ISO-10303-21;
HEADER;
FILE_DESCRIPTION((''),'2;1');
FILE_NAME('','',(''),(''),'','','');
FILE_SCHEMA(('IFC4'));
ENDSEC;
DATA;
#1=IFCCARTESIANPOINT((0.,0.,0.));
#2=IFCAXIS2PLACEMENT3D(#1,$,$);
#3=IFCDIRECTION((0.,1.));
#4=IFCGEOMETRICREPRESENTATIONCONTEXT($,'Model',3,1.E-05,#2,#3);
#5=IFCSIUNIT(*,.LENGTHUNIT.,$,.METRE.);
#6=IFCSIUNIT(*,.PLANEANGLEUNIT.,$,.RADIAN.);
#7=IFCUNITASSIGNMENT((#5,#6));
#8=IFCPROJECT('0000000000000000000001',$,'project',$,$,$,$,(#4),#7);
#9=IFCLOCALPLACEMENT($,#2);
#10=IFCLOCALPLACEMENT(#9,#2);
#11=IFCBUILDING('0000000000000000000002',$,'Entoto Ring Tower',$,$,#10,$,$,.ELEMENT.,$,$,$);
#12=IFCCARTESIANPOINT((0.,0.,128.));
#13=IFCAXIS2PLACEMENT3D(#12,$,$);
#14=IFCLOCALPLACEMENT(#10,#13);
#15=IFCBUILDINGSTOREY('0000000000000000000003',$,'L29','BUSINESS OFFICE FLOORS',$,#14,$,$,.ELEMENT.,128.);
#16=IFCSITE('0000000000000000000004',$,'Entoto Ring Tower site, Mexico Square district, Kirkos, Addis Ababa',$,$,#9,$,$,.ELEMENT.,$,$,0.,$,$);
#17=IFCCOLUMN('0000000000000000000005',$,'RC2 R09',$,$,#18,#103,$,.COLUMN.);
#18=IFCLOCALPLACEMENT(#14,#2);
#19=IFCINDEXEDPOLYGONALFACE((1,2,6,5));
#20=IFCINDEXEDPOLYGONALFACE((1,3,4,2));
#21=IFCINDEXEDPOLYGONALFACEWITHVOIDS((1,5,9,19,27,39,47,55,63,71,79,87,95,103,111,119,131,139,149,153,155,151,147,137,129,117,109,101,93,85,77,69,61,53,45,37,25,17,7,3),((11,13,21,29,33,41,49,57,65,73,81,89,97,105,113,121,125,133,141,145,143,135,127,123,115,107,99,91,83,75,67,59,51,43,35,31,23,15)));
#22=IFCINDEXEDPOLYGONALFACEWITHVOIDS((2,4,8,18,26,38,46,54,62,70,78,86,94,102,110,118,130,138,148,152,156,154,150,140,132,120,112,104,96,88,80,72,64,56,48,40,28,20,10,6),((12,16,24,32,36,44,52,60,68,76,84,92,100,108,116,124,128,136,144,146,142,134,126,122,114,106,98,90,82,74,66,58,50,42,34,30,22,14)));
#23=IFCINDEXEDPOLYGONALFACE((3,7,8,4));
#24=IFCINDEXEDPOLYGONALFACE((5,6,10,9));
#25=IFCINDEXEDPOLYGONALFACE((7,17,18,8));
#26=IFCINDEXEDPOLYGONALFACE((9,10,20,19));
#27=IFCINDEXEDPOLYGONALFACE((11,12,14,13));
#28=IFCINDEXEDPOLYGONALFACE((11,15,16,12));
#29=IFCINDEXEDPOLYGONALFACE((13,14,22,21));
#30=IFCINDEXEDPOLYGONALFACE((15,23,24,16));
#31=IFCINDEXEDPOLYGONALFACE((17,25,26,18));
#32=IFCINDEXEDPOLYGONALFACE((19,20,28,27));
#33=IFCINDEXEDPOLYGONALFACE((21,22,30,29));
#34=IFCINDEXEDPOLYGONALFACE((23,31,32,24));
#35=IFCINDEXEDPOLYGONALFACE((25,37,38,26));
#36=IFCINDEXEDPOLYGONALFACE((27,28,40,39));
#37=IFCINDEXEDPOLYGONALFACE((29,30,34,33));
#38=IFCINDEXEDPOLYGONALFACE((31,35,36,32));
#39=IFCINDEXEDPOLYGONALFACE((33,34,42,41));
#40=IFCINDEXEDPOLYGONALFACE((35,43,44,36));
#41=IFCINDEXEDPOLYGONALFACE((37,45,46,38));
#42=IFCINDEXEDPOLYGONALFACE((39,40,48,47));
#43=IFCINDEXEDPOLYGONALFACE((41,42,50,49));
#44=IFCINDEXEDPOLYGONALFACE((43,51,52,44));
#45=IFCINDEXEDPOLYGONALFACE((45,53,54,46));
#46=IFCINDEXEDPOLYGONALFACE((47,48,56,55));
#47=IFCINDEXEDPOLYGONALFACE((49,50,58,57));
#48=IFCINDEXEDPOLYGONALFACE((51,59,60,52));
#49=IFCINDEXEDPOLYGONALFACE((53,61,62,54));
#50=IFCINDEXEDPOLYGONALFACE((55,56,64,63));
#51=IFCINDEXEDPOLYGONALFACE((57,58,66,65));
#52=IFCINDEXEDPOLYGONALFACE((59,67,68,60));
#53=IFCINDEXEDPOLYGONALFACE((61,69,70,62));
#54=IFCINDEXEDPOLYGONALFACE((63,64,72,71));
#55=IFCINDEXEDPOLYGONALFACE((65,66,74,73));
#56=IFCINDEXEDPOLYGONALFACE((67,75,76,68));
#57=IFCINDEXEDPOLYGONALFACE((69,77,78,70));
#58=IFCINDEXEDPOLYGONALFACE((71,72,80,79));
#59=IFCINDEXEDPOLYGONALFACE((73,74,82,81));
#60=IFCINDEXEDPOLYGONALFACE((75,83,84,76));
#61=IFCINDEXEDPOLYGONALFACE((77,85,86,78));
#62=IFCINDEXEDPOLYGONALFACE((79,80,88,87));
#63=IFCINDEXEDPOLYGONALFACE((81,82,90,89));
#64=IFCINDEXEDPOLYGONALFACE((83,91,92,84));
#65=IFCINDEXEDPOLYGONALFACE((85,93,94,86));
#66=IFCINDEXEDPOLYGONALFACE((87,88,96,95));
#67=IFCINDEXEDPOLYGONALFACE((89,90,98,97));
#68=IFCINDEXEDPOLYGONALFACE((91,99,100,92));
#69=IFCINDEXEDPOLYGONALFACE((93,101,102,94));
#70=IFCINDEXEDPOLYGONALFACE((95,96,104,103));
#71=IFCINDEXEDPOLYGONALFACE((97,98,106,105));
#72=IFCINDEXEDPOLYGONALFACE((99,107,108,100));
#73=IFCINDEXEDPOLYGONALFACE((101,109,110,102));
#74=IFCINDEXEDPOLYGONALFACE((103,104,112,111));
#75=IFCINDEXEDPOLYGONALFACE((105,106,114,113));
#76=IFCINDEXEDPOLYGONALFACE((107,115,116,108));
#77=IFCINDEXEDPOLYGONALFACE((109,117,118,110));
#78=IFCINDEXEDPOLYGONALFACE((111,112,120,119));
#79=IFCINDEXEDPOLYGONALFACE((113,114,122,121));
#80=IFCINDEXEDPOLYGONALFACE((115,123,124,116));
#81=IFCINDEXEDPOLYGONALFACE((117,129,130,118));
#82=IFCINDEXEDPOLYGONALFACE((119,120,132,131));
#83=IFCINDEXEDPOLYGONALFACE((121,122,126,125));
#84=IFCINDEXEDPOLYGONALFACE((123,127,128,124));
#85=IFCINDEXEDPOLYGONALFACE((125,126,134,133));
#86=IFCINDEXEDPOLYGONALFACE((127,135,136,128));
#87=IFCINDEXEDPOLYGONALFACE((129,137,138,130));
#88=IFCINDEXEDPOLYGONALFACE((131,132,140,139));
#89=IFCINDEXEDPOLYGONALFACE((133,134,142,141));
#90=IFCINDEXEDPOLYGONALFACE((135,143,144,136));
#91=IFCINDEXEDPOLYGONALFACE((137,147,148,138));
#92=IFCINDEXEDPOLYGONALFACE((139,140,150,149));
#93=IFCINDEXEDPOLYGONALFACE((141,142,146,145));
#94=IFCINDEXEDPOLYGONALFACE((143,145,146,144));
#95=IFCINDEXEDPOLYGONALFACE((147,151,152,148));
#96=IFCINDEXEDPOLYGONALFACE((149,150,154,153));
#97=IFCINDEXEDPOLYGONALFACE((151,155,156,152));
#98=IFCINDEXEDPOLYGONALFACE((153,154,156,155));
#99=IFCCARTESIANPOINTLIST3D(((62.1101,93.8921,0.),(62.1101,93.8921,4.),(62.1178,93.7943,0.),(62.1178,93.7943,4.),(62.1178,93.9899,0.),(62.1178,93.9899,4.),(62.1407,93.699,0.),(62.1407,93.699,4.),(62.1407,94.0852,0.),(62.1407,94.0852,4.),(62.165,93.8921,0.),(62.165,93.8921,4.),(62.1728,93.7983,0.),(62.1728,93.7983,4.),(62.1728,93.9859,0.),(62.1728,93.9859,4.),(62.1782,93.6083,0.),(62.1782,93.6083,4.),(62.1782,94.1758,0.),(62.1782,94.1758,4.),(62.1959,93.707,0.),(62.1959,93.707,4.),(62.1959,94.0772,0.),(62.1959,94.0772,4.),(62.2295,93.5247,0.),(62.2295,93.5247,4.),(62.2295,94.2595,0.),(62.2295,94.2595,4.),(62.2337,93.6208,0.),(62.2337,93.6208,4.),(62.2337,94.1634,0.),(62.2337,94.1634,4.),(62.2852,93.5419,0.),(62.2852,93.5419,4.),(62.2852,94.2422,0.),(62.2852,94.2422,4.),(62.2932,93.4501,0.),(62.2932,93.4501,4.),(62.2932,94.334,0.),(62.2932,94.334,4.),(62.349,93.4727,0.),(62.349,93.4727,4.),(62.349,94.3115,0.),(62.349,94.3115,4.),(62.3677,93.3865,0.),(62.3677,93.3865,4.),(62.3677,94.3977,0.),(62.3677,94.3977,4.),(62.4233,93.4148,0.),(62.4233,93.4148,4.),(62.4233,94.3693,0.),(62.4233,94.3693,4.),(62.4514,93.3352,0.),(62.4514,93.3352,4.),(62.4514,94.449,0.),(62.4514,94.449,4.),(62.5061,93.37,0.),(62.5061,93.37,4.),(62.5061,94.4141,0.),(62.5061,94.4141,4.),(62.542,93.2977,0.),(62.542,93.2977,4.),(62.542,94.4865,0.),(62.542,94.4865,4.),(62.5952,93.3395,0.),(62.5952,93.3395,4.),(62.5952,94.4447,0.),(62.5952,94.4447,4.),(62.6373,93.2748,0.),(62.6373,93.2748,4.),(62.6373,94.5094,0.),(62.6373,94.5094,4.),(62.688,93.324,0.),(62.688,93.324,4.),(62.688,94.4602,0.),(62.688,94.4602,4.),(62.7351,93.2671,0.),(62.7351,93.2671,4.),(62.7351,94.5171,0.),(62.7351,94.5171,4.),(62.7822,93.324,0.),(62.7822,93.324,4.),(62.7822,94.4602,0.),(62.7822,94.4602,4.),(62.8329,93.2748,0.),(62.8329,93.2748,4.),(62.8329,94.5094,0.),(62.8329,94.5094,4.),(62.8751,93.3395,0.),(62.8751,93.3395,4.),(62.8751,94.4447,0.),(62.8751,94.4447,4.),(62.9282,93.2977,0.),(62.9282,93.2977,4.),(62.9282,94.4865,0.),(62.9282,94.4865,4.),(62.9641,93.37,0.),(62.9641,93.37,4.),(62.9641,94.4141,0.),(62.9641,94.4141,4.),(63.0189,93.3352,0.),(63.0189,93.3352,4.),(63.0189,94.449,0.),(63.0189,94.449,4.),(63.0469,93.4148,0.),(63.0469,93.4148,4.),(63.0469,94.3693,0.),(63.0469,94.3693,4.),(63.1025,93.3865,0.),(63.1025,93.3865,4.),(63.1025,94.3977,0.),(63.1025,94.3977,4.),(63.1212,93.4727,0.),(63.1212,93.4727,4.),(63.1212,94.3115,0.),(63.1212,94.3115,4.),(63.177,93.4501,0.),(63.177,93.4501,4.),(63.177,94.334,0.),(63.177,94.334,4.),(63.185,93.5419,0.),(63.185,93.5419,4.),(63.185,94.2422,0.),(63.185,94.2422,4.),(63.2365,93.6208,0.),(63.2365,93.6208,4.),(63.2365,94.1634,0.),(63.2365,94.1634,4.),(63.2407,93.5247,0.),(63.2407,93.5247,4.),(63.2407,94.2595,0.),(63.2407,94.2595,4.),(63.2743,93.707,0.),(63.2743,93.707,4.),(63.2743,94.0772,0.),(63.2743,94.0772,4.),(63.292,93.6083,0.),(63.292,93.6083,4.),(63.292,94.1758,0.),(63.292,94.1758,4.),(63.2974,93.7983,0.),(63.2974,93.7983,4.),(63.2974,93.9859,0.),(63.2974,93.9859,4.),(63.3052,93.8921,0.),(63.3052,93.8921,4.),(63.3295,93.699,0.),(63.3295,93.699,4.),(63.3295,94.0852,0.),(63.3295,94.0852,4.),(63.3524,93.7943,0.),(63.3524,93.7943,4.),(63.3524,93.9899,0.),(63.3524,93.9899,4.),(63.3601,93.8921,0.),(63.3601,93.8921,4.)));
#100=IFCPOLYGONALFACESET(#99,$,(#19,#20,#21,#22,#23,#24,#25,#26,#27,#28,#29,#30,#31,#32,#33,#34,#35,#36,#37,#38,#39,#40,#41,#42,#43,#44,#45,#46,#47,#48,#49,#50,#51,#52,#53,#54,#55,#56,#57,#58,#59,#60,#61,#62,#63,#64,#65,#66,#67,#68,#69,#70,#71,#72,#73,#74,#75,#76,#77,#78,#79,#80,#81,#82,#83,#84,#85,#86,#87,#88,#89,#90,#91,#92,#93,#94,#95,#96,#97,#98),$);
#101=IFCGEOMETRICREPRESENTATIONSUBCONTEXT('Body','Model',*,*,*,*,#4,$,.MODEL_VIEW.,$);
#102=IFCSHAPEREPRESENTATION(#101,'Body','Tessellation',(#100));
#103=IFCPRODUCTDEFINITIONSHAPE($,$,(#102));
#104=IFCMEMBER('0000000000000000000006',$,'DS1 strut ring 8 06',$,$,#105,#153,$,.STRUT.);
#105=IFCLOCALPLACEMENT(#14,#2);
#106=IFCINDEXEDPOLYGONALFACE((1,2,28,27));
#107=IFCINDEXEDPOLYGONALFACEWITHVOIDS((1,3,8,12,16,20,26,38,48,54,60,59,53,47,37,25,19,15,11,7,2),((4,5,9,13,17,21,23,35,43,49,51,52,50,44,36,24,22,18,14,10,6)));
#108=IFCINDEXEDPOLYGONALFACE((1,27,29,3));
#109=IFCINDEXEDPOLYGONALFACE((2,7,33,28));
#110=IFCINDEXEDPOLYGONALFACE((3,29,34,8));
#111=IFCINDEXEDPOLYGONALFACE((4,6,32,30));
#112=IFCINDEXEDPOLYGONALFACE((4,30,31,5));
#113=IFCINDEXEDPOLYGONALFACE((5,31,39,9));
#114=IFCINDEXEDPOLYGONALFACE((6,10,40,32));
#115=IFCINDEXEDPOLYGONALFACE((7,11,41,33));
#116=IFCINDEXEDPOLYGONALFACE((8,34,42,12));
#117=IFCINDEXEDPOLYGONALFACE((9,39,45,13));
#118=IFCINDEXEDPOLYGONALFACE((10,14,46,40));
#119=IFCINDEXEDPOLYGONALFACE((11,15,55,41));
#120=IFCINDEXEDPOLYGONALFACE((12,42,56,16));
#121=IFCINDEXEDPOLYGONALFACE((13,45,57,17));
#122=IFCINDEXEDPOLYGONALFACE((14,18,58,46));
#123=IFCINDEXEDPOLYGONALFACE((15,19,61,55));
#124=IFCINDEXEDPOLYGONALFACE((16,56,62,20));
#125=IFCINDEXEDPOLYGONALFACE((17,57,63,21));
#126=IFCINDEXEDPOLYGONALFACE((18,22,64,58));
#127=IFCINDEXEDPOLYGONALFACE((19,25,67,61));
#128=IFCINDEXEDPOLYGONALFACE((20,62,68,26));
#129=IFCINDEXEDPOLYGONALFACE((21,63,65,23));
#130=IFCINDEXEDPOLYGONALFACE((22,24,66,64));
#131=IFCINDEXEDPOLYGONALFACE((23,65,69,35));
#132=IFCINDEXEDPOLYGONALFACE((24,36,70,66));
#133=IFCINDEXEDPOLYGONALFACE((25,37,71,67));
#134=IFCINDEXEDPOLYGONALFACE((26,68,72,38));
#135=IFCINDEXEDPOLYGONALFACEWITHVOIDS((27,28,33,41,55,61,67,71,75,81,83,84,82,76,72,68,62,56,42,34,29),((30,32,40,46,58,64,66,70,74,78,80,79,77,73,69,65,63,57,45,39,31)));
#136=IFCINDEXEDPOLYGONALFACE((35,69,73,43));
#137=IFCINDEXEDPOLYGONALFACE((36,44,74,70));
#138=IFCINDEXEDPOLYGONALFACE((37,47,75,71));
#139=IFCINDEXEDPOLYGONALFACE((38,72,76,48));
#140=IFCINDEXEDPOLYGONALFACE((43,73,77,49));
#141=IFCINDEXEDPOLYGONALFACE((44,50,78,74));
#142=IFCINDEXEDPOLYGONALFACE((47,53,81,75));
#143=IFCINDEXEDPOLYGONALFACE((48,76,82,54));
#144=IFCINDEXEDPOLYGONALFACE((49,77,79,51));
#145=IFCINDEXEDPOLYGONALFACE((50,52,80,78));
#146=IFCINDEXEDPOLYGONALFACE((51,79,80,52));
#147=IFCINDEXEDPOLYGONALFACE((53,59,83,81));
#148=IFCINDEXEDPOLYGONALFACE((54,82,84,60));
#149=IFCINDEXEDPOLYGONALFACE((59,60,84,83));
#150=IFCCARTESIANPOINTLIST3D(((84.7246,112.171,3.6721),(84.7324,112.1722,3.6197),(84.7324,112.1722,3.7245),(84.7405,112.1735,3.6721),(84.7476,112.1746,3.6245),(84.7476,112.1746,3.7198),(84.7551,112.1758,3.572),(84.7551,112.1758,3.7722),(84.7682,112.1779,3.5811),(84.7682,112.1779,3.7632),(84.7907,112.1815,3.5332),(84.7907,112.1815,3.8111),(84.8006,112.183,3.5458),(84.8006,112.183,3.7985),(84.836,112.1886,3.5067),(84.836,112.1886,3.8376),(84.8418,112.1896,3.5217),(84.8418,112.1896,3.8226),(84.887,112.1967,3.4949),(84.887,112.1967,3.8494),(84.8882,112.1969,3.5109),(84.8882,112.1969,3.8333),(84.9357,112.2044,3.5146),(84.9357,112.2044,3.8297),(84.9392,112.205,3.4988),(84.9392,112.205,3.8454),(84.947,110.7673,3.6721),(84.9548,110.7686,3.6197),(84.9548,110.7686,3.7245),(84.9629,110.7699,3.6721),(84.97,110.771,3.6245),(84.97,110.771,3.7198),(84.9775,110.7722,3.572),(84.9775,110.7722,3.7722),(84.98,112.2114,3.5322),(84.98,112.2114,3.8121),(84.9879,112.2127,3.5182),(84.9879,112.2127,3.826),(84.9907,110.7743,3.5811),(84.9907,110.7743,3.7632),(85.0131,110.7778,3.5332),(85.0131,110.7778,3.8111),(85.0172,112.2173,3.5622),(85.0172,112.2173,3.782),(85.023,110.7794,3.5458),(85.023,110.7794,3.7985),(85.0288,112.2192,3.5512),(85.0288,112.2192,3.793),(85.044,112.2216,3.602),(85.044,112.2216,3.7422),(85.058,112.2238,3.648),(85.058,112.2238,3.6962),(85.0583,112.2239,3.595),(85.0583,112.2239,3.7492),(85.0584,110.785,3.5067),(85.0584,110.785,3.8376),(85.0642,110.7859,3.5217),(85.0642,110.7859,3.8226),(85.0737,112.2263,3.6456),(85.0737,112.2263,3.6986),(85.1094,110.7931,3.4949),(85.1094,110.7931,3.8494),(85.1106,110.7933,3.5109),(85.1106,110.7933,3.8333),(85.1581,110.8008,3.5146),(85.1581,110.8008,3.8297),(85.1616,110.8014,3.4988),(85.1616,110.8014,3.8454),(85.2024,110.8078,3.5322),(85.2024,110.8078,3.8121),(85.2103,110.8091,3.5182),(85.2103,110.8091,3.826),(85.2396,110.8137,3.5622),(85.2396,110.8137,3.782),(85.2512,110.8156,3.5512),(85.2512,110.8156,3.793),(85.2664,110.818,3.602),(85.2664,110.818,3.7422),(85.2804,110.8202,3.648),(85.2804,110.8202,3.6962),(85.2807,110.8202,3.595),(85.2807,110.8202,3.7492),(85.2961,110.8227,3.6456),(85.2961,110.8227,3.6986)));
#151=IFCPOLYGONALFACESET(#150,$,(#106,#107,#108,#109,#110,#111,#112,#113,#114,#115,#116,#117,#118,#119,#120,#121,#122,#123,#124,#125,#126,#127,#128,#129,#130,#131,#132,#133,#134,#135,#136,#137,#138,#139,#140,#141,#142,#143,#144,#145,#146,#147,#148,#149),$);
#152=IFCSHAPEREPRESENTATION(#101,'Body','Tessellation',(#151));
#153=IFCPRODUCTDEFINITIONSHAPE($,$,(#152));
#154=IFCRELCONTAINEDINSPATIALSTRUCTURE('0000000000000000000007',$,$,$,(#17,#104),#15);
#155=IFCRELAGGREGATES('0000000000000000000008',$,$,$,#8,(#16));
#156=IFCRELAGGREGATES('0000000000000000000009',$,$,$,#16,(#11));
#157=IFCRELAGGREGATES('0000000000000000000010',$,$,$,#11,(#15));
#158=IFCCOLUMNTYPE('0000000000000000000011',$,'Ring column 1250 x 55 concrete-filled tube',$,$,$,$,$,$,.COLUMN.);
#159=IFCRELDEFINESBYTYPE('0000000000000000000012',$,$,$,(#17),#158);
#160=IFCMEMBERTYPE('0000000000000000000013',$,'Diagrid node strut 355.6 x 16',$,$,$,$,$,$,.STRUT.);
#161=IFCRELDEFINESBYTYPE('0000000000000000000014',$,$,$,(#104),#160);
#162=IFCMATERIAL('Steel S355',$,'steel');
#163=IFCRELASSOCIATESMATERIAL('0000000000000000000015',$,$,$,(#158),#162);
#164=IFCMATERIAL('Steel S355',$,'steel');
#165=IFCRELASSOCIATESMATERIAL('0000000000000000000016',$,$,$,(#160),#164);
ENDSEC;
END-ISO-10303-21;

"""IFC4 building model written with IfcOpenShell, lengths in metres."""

from ifc_helpers import new_model, si_unit, direction, frame, origin, origin_2d, place, context, subcontext, project, spatial, circle, hollow_circle, extrude, material, material_profile, profile_set, type_object, element, save


model = new_model("IFC4")

# Units and contexts
model_context = context("Model", 3, precision=1e-05, world=origin(), true_north=direction((0.0, 1.0)))
body_context = subcontext(model_context, "Body", "Model", "MODEL_VIEW")
ifc_project = project(units=[si_unit("LENGTHUNIT", "METRE"), si_unit("PLANEANGLEUNIT", "RADIAN")], contexts=[model_context])

# Site, building, storey
site_placement = place(None, origin())
site = spatial("IfcSite", under=ifc_project, at=site_placement, Name="Entoto Ring Tower site, Mexico Square district, Kirkos, Addis Ababa", CompositionType="ELEMENT", RefElevation=0.0)
building_placement = place(site_placement, origin())
building = spatial("IfcBuilding", under=site, at=building_placement, Name="Entoto Ring Tower", CompositionType="ELEMENT")
storey_placement = place(building_placement, frame((0.0, 0.0, 128.0)))
storey = spatial("IfcBuildingStorey", under=building, at=storey_placement, Name="L29", Description="BUSINESS OFFICE FLOORS", CompositionType="ELEMENT", Elevation=128.0)

# Column
ifc_material_1 = material(Name="Steel S355", Category="steel")
ifc_material_profile_1 = material_profile(ifc_material_1, hollow_circle(Radius=0.625, WallThickness=0.0549, at=origin_2d()), Name="CHS 1250 x 55")
ifc_material_2 = material(Name="Concrete C60/75", Category="concrete")
ifc_material_profile_2 = material_profile(ifc_material_2, circle(Radius=0.5701, at=origin_2d()), Name="Concrete C60/75 infill")
ifc_profile_set_1 = profile_set([ifc_material_profile_1, ifc_material_profile_2], Name="Steel S355")
column_type = type_object("IfcColumnType", Name="Ring column 1250 x 55 concrete-filled tube", PredefinedType="COLUMN", material=ifc_profile_set_1)
for number, where, z_axis, x_axis, name in (
    (1, (62.7351, 93.8921, 0.0), (0.0, 0.0, 1.0), (1.0, 0.0, 0.0), "RC2 R09"),
):
    element("IfcColumn", number, at=place(storey_placement, frame(where, z_axis=z_axis, x_axis=x_axis)), inside=storey, type_object=column_type, Name=name, PredefinedType="COLUMN", context=body_context, shape_type="SweptSolid", body=[
        extrude(hollow_circle(Radius=0.625, WallThickness=0.0549, at=origin_2d()), origin(), (0.0, 0.0, 1.0), 4.0),
    ])

# Member
ifc_material_3 = material(Name="Steel S355", Category="steel")
ifc_material_profile_3 = material_profile(ifc_material_3, hollow_circle(Radius=0.1777, WallThickness=0.0161, at=origin_2d()), Name="CHS 355.6 x 16")
ifc_material_4 = material(Name="Concrete C60/75", Category="concrete")
ifc_material_profile_4 = material_profile(ifc_material_4, circle(Radius=0.1619, at=origin_2d()), Name="Concrete C60/75 infill")
ifc_profile_set_2 = profile_set([ifc_material_profile_3, ifc_material_profile_4], Name="Steel S355")
member_type = type_object("IfcMemberType", Name="Diagrid node strut 355.6 x 16", PredefinedType="STRUT", material=ifc_profile_set_2)
member_1_placement = place(storey_placement, frame((85.1226, 110.7952, 3.6721), z_axis=(-0.15651, 0.987676, 0.0), x_axis=(-0.987676, -0.15651, 0.0)))
element("IfcMember", 2, at=member_1_placement, inside=storey, type_object=member_type, Name="DS1 strut ring 8 06", PredefinedType="STRUT", context=body_context, shape_type="SweptSolid", body=[
    extrude(hollow_circle(Radius=0.1777, WallThickness=0.0161, at=origin_2d()), origin(), (0.0, 0.0, 1.0), 1.4211),
])

save(model, "model.ifc")
